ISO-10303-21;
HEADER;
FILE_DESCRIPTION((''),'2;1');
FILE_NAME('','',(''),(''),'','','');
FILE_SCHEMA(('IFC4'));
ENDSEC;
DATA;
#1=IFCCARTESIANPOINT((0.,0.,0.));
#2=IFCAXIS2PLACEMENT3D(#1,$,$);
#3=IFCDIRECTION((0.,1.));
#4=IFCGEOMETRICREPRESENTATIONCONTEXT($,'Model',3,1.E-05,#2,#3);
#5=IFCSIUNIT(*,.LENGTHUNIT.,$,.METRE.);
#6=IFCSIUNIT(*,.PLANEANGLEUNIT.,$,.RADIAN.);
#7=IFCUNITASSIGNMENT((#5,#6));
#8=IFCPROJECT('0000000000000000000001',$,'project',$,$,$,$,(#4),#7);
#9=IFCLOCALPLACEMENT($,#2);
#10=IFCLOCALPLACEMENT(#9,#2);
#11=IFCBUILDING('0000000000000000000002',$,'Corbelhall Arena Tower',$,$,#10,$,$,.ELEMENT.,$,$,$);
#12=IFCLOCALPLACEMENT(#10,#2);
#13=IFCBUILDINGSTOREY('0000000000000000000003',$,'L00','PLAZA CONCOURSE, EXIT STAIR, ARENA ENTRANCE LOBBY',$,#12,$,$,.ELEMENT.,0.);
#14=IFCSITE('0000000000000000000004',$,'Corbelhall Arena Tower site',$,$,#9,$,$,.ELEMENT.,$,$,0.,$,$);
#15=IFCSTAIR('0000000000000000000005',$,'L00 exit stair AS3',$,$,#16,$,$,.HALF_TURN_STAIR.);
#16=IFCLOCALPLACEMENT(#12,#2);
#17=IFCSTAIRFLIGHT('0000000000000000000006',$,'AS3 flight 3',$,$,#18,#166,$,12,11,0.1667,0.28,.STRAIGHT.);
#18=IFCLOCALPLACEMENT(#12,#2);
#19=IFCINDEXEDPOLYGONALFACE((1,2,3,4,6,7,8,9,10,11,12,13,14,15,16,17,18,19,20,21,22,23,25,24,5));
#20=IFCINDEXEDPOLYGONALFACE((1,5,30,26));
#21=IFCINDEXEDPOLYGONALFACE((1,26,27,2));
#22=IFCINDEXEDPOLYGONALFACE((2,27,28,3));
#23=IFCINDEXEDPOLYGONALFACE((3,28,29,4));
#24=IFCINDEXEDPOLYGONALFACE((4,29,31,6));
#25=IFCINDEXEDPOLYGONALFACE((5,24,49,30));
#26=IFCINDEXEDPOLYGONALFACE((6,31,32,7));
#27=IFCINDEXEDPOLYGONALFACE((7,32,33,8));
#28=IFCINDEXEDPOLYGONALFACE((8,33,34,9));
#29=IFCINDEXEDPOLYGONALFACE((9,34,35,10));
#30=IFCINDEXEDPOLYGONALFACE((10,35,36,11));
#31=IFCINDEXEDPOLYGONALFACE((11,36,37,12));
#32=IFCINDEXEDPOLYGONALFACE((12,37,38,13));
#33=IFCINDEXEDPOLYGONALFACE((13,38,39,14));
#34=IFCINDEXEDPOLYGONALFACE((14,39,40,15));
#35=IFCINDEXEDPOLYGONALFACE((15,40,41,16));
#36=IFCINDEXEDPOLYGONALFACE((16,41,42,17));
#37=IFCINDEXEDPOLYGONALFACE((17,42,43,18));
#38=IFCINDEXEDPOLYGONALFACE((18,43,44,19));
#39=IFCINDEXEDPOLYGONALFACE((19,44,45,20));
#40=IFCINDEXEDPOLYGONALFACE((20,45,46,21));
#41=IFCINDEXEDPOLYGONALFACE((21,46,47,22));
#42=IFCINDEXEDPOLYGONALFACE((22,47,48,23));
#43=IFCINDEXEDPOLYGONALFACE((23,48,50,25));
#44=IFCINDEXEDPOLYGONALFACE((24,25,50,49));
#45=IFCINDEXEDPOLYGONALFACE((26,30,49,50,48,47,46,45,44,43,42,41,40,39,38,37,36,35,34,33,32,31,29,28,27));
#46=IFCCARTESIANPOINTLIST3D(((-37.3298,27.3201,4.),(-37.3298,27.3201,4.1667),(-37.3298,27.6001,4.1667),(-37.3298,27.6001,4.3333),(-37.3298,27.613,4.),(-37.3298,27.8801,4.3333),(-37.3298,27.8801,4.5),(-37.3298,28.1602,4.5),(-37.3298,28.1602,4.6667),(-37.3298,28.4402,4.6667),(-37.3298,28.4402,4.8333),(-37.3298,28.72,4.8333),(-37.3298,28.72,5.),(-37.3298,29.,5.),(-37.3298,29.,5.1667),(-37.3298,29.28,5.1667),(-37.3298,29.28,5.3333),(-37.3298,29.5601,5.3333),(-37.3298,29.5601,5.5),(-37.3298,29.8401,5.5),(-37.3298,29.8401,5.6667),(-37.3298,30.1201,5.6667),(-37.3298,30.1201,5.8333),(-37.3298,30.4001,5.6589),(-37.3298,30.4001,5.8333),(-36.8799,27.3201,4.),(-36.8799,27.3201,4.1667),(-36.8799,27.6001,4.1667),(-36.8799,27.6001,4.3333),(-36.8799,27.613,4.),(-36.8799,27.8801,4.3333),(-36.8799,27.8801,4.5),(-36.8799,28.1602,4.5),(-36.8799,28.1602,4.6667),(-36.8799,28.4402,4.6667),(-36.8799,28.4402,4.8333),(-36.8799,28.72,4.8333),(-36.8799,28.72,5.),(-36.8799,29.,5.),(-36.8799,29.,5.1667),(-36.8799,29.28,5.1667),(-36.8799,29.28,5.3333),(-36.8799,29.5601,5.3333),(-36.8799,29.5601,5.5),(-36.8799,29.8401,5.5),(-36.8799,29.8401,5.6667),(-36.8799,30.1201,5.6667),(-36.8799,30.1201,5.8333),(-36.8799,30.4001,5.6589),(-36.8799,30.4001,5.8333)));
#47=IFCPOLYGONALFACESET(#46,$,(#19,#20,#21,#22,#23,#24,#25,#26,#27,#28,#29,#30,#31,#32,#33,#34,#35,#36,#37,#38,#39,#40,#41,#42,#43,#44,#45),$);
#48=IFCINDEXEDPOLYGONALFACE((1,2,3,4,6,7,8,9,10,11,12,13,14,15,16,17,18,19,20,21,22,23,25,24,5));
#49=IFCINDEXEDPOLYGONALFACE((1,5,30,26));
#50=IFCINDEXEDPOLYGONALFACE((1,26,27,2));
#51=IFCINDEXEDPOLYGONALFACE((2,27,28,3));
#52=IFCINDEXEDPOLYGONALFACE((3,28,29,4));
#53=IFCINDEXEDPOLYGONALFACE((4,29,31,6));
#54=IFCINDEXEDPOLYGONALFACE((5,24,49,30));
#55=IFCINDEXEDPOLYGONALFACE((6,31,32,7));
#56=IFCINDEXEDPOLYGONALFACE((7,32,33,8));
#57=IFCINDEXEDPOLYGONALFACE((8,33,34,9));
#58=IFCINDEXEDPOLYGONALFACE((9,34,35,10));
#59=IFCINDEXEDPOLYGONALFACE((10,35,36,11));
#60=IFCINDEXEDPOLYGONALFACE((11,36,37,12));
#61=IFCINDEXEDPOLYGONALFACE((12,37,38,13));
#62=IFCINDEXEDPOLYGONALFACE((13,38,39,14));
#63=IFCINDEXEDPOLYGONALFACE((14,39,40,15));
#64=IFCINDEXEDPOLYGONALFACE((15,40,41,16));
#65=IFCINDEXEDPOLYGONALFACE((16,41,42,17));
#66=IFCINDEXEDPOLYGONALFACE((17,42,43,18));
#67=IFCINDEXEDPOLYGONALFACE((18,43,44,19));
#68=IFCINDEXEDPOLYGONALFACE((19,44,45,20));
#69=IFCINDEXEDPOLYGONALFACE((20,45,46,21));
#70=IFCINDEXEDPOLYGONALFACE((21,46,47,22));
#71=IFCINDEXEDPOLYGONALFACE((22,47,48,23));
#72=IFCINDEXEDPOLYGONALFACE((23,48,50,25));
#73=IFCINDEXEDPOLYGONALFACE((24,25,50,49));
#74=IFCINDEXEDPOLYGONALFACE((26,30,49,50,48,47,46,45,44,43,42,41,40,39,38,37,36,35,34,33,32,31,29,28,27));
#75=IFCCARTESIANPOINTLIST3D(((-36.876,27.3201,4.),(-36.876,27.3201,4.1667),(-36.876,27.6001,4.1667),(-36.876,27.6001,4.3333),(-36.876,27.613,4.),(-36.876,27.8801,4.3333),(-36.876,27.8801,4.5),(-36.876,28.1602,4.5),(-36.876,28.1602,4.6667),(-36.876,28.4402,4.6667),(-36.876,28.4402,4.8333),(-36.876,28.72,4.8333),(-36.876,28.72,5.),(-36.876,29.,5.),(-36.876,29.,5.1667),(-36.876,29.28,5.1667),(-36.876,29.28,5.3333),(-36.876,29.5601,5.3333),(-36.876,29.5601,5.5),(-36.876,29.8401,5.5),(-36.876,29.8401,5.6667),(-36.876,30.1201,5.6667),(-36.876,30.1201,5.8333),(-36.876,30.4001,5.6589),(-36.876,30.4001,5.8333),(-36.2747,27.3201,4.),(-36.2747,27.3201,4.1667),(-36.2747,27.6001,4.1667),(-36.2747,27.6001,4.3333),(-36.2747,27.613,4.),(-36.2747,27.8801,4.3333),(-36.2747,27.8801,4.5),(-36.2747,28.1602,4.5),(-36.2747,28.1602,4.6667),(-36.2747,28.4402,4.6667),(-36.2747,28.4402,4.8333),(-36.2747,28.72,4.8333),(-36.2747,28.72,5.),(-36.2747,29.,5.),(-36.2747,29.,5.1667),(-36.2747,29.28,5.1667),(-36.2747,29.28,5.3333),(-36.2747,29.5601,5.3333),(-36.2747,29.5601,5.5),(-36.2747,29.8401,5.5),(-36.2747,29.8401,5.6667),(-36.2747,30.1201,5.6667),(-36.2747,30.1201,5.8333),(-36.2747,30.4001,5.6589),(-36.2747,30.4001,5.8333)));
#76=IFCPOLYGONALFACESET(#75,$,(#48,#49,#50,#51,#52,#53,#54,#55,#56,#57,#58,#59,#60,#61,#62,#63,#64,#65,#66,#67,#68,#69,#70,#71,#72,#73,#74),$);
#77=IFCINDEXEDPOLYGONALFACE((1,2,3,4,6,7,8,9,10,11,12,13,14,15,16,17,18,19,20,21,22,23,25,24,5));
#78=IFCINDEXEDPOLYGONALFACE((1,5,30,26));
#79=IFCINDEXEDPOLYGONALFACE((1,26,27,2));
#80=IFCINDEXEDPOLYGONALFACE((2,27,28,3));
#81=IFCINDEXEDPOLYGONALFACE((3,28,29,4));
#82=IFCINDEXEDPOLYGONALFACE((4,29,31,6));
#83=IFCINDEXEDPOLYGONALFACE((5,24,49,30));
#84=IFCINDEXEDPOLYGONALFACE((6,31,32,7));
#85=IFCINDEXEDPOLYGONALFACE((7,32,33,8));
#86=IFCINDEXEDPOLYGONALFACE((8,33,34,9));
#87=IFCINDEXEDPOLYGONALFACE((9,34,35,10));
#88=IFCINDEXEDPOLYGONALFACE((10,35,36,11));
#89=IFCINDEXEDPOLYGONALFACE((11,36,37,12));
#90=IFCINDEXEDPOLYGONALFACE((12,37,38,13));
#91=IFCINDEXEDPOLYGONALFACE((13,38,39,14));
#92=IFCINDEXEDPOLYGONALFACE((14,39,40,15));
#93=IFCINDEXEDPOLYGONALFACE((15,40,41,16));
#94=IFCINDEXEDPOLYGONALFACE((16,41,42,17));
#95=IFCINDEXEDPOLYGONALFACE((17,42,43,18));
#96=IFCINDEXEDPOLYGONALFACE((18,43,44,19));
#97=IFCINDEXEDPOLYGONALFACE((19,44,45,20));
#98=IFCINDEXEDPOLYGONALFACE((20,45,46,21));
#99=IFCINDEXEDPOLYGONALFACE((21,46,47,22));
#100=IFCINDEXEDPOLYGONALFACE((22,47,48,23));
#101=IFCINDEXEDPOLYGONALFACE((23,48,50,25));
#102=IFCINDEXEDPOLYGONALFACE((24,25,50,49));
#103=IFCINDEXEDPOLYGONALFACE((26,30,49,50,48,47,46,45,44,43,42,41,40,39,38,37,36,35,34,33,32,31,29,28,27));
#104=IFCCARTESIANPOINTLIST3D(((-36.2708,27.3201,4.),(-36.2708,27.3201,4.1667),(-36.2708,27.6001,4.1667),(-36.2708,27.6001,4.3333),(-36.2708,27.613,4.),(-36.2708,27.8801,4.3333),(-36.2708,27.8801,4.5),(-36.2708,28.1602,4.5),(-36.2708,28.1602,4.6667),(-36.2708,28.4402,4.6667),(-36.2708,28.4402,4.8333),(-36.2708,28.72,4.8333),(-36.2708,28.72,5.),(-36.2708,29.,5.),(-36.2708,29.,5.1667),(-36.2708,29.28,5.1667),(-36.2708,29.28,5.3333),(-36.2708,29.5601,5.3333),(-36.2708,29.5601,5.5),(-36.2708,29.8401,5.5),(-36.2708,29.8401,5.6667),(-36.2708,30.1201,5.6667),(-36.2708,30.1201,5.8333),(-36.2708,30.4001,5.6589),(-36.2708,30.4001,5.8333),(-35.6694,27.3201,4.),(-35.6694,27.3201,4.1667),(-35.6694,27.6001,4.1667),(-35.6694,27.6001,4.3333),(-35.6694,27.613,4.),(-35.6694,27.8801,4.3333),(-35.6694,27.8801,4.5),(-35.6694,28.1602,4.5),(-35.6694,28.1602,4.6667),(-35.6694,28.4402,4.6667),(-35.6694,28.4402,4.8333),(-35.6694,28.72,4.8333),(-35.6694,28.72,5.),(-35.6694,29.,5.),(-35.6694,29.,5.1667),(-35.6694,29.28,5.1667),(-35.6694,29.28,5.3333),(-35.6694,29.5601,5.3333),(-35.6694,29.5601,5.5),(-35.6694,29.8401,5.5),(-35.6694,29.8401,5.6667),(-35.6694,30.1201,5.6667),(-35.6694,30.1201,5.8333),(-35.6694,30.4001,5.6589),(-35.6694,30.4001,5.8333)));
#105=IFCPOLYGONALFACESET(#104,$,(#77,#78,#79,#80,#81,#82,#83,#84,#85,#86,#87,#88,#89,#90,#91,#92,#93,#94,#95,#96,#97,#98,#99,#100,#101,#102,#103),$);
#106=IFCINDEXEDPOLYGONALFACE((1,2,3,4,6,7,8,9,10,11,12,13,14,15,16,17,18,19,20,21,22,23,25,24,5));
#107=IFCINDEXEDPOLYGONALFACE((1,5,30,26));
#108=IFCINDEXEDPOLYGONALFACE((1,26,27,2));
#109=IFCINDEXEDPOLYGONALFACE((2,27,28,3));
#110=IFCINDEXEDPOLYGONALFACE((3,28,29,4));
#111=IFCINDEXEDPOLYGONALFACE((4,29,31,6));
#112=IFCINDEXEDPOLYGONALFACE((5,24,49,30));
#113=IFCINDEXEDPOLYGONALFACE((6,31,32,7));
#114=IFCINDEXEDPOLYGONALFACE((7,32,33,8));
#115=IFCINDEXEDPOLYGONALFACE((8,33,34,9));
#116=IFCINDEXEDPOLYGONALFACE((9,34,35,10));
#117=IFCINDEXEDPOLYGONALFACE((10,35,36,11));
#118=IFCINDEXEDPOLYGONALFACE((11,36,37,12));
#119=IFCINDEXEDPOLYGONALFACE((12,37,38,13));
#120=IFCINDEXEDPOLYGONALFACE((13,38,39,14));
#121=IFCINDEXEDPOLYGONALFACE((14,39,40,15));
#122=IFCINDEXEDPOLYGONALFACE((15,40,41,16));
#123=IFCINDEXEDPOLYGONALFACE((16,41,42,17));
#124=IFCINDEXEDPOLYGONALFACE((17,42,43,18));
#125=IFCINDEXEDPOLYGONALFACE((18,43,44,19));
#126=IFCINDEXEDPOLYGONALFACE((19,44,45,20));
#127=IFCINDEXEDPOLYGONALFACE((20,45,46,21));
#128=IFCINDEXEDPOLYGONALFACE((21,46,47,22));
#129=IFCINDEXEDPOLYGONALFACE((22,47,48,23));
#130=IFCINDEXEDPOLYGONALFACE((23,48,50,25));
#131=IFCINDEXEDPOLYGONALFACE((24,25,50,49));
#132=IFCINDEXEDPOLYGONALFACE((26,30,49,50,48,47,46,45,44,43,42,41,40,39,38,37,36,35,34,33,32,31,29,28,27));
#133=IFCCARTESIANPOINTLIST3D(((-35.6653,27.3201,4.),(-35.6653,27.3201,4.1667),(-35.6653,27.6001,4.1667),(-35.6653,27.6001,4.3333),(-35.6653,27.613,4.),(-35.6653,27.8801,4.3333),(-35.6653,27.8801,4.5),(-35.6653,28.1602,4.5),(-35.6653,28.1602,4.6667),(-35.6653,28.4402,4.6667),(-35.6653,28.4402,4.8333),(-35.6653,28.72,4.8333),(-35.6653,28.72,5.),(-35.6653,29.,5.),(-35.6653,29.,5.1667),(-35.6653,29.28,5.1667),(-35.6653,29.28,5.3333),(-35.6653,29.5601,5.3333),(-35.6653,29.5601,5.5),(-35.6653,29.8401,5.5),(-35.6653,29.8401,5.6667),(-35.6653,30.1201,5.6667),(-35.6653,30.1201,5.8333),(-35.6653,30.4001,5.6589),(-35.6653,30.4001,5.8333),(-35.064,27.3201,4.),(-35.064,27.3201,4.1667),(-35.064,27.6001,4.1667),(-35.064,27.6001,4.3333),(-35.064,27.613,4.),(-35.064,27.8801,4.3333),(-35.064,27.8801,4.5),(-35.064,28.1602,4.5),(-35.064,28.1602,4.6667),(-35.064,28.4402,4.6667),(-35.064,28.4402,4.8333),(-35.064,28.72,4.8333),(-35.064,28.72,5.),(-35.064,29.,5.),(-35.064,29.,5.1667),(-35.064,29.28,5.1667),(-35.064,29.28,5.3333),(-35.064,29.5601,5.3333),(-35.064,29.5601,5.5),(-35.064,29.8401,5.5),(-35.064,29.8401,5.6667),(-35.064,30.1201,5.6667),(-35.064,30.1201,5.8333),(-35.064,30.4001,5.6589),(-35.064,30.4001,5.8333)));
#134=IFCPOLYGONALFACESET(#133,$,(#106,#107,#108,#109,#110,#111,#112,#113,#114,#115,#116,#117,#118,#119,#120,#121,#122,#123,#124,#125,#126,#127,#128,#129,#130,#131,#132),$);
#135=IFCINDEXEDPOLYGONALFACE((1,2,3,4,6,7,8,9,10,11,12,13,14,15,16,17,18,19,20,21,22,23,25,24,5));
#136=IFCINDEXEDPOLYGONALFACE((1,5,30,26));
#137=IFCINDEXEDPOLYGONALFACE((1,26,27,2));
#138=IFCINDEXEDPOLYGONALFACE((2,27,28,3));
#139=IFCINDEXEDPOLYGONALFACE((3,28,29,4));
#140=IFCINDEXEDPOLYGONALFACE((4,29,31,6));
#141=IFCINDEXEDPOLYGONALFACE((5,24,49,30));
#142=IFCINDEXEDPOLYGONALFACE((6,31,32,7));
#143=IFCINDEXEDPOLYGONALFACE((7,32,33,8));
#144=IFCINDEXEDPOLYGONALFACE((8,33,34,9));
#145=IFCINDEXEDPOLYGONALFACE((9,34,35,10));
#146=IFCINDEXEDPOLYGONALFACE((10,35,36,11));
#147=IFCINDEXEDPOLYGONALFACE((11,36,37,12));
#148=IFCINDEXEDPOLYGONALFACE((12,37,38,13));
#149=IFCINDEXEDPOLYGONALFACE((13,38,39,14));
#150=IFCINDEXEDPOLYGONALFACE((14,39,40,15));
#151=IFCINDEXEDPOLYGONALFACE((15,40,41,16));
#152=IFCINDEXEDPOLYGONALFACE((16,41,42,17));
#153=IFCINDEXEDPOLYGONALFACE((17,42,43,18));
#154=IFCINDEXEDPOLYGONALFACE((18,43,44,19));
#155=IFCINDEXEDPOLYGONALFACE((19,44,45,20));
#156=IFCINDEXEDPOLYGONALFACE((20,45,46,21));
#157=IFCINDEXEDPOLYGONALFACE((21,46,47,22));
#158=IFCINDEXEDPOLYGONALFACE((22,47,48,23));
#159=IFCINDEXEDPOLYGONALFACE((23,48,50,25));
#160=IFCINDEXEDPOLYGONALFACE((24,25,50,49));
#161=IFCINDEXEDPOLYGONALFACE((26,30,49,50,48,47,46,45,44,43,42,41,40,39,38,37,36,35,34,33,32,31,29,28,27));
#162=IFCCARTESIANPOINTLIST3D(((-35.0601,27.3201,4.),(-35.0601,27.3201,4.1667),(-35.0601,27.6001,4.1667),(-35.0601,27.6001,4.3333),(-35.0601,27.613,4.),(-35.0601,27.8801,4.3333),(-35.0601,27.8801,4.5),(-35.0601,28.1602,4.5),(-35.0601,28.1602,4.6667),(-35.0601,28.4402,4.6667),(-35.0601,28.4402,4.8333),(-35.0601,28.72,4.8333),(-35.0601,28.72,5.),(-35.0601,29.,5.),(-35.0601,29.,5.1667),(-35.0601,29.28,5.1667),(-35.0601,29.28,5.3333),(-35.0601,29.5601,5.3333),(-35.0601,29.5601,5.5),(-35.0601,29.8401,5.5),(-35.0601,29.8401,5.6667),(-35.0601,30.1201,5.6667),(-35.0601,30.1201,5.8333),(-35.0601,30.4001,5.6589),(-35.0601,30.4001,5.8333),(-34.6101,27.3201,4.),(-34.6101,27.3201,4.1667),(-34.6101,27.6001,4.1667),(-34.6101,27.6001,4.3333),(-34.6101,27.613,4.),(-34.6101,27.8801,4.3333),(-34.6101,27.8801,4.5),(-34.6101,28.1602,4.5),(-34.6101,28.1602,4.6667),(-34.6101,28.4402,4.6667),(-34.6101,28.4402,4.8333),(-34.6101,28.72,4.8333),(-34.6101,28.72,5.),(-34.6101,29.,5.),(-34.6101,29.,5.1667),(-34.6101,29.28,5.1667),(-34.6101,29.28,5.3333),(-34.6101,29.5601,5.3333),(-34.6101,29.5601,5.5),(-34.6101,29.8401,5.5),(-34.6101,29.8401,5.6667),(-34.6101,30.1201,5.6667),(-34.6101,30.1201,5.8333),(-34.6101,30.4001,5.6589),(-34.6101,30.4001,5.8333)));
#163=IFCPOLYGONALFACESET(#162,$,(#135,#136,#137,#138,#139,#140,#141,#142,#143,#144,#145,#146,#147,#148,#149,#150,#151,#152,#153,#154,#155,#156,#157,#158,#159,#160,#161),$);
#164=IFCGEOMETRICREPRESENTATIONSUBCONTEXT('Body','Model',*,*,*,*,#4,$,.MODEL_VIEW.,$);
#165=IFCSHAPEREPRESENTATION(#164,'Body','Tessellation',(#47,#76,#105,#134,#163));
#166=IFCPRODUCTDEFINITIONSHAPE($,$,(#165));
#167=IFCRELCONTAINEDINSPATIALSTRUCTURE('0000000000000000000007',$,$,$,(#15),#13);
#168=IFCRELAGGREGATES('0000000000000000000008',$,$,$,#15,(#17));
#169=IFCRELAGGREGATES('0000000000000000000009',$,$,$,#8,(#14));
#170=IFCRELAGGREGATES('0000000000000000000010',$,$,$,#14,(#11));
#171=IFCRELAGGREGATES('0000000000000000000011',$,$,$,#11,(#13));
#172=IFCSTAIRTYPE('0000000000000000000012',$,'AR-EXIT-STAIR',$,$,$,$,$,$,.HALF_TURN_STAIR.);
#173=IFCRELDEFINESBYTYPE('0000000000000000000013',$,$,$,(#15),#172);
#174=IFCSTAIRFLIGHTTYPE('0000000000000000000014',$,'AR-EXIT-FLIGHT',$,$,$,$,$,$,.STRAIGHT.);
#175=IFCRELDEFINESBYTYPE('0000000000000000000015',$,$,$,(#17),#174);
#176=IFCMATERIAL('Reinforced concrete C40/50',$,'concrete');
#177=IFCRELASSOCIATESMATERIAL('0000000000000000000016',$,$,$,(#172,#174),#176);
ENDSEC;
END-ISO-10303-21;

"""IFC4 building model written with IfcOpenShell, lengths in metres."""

from ifc_helpers import new_model, si_unit, direction, frame, origin, place, context, subcontext, project, spatial, polyline, outline, extrude, material, type_object, element, aggregate, save


model = new_model("IFC4")

# Units and contexts
model_context = context("Model", 3, precision=1e-05, world=origin(), true_north=direction((0.0, 1.0)))
body_context = subcontext(model_context, "Body", "Model", "MODEL_VIEW")
ifc_project = project(units=[si_unit("LENGTHUNIT", "METRE"), si_unit("PLANEANGLEUNIT", "RADIAN")], contexts=[model_context])

# Site, building, storey
site_placement = place(None, origin())
site = spatial("IfcSite", under=ifc_project, at=site_placement, Name="Corbelhall Arena Tower site", CompositionType="ELEMENT", RefElevation=0.0)
building_placement = place(site_placement, origin())
building = spatial("IfcBuilding", under=site, at=building_placement, Name="Corbelhall Arena Tower", CompositionType="ELEMENT")
storey_placement = place(building_placement, origin())
storey = spatial("IfcBuildingStorey", under=building, at=storey_placement, Name="L00", Description="PLAZA CONCOURSE, EXIT STAIR, ARENA ENTRANCE LOBBY", CompositionType="ELEMENT", Elevation=0.0)

# Shared definitions
ifc_material_1 = material(Name="Reinforced concrete C40/50", Category="concrete")

# Stair, stair flight
stair_type = type_object("IfcStairType", Name="AR-EXIT-STAIR", PredefinedType="HALF_TURN_STAIR", material=ifc_material_1)
stair_1_placement = place(storey_placement, origin())
stair_1 = element("IfcStair", 1, at=stair_1_placement, inside=storey, type_object=stair_type, Name="L00 exit stair AS3", PredefinedType="HALF_TURN_STAIR")
stair_flight_type = type_object("IfcStairFlightType", Name="AR-EXIT-FLIGHT", PredefinedType="STRAIGHT", material=ifc_material_1)
stair_flight_1_placement = place(storey_placement, frame((-35.97, 27.3201, 4.0), z_axis=(0.0, 0.0, 1.0), x_axis=(0.0, 1.0, 0.0)))
stair_flight_1 = element("IfcStairFlight", 2, at=stair_flight_1_placement, type_object=stair_flight_type, Name="AS3 flight 3", NumberOfRisers=12, NumberOfTreads=11, PredefinedType="STRAIGHT", RiserHeight=0.1667, TreadLength=0.28, context=body_context, shape_type="SweptSolid", body=[
    extrude(outline(polyline([(0.0, 0.0), (0.0, 0.1667), (0.28, 0.1667), (0.28, 0.3333), (0.5601, 0.3333), (0.5601, 0.5), (0.8401, 0.5), (0.8401, 0.6667), (1.1201, 0.6667), (1.1201, 0.8333), (1.3999, 0.8333), (1.3999, 1.0), (1.6799, 1.0), (1.6799, 1.1667), (1.96, 1.1667), (1.96, 1.3333), (2.24, 1.3333), (2.24, 1.5), (2.52, 1.5), (2.52, 1.6667), (2.8, 1.6667), (2.8, 1.8333), (3.0801, 1.8333), (3.0801, 2.0), (3.0801, 1.6589), (0.293, 0.0), (0.0, 0.0)])), frame((0.0, 1.3599, 0.0), z_axis=(0.0, -1.0, 0.0), x_axis=(1.0, 0.0, 0.0)), (0.0, 0.0, 1.0), 0.45),
    extrude(outline(polyline([(0.0, 0.0), (0.0, 0.1667), (0.28, 0.1667), (0.28, 0.3333), (0.5601, 0.3333), (0.5601, 0.5), (0.8401, 0.5), (0.8401, 0.6667), (1.1201, 0.6667), (1.1201, 0.8333), (1.3999, 0.8333), (1.3999, 1.0), (1.6799, 1.0), (1.6799, 1.1667), (1.96, 1.1667), (1.96, 1.3333), (2.24, 1.3333), (2.24, 1.5), (2.52, 1.5), (2.52, 1.6667), (2.8, 1.6667), (2.8, 1.8333), (3.0801, 1.8333), (3.0801, 2.0), (3.0801, 1.6589), (0.293, 0.0), (0.0, 0.0)])), frame((0.0, 0.906, 0.0), z_axis=(0.0, -1.0, 0.0), x_axis=(1.0, 0.0, 0.0)), (0.0, 0.0, 1.0), 0.6013),
    extrude(outline(polyline([(0.0, 0.0), (0.0, 0.1667), (0.28, 0.1667), (0.28, 0.3333), (0.5601, 0.3333), (0.5601, 0.5), (0.8401, 0.5), (0.8401, 0.6667), (1.1201, 0.6667), (1.1201, 0.8333), (1.3999, 0.8333), (1.3999, 1.0), (1.6799, 1.0), (1.6799, 1.1667), (1.96, 1.1667), (1.96, 1.3333), (2.24, 1.3333), (2.24, 1.5), (2.52, 1.5), (2.52, 1.6667), (2.8, 1.6667), (2.8, 1.8333), (3.0801, 1.8333), (3.0801, 2.0), (3.0801, 1.6589), (0.293, 0.0), (0.0, 0.0)])), frame((0.0, 0.3008, 0.0), z_axis=(0.0, -1.0, 0.0), x_axis=(1.0, 0.0, 0.0)), (0.0, 0.0, 1.0), 0.6013),
    extrude(outline(polyline([(0.0, 0.0), (0.0, 0.1667), (0.28, 0.1667), (0.28, 0.3333), (0.5601, 0.3333), (0.5601, 0.5), (0.8401, 0.5), (0.8401, 0.6667), (1.1201, 0.6667), (1.1201, 0.8333), (1.3999, 0.8333), (1.3999, 1.0), (1.6799, 1.0), (1.6799, 1.1667), (1.96, 1.1667), (1.96, 1.3333), (2.24, 1.3333), (2.24, 1.5), (2.52, 1.5), (2.52, 1.6667), (2.8, 1.6667), (2.8, 1.8333), (3.0801, 1.8333), (3.0801, 2.0), (3.0801, 1.6589), (0.293, 0.0), (0.0, 0.0)])), frame((0.0, -0.3047, 0.0), z_axis=(0.0, -1.0, 0.0), x_axis=(1.0, 0.0, 0.0)), (0.0, 0.0, 1.0), 0.6013),
    extrude(outline(polyline([(0.0, 0.0), (0.0, 0.1667), (0.28, 0.1667), (0.28, 0.3333), (0.5601, 0.3333), (0.5601, 0.5), (0.8401, 0.5), (0.8401, 0.6667), (1.1201, 0.6667), (1.1201, 0.8333), (1.3999, 0.8333), (1.3999, 1.0), (1.6799, 1.0), (1.6799, 1.1667), (1.96, 1.1667), (1.96, 1.3333), (2.24, 1.3333), (2.24, 1.5), (2.52, 1.5), (2.52, 1.6667), (2.8, 1.6667), (2.8, 1.8333), (3.0801, 1.8333), (3.0801, 2.0), (3.0801, 1.6589), (0.293, 0.0), (0.0, 0.0)])), frame((0.0, -0.9099, 0.0), z_axis=(0.0, -1.0, 0.0), x_axis=(1.0, 0.0, 0.0)), (0.0, 0.0, 1.0), 0.45),
])
aggregate(stair_1, [stair_flight_1])

save(model, "model.ifc")
